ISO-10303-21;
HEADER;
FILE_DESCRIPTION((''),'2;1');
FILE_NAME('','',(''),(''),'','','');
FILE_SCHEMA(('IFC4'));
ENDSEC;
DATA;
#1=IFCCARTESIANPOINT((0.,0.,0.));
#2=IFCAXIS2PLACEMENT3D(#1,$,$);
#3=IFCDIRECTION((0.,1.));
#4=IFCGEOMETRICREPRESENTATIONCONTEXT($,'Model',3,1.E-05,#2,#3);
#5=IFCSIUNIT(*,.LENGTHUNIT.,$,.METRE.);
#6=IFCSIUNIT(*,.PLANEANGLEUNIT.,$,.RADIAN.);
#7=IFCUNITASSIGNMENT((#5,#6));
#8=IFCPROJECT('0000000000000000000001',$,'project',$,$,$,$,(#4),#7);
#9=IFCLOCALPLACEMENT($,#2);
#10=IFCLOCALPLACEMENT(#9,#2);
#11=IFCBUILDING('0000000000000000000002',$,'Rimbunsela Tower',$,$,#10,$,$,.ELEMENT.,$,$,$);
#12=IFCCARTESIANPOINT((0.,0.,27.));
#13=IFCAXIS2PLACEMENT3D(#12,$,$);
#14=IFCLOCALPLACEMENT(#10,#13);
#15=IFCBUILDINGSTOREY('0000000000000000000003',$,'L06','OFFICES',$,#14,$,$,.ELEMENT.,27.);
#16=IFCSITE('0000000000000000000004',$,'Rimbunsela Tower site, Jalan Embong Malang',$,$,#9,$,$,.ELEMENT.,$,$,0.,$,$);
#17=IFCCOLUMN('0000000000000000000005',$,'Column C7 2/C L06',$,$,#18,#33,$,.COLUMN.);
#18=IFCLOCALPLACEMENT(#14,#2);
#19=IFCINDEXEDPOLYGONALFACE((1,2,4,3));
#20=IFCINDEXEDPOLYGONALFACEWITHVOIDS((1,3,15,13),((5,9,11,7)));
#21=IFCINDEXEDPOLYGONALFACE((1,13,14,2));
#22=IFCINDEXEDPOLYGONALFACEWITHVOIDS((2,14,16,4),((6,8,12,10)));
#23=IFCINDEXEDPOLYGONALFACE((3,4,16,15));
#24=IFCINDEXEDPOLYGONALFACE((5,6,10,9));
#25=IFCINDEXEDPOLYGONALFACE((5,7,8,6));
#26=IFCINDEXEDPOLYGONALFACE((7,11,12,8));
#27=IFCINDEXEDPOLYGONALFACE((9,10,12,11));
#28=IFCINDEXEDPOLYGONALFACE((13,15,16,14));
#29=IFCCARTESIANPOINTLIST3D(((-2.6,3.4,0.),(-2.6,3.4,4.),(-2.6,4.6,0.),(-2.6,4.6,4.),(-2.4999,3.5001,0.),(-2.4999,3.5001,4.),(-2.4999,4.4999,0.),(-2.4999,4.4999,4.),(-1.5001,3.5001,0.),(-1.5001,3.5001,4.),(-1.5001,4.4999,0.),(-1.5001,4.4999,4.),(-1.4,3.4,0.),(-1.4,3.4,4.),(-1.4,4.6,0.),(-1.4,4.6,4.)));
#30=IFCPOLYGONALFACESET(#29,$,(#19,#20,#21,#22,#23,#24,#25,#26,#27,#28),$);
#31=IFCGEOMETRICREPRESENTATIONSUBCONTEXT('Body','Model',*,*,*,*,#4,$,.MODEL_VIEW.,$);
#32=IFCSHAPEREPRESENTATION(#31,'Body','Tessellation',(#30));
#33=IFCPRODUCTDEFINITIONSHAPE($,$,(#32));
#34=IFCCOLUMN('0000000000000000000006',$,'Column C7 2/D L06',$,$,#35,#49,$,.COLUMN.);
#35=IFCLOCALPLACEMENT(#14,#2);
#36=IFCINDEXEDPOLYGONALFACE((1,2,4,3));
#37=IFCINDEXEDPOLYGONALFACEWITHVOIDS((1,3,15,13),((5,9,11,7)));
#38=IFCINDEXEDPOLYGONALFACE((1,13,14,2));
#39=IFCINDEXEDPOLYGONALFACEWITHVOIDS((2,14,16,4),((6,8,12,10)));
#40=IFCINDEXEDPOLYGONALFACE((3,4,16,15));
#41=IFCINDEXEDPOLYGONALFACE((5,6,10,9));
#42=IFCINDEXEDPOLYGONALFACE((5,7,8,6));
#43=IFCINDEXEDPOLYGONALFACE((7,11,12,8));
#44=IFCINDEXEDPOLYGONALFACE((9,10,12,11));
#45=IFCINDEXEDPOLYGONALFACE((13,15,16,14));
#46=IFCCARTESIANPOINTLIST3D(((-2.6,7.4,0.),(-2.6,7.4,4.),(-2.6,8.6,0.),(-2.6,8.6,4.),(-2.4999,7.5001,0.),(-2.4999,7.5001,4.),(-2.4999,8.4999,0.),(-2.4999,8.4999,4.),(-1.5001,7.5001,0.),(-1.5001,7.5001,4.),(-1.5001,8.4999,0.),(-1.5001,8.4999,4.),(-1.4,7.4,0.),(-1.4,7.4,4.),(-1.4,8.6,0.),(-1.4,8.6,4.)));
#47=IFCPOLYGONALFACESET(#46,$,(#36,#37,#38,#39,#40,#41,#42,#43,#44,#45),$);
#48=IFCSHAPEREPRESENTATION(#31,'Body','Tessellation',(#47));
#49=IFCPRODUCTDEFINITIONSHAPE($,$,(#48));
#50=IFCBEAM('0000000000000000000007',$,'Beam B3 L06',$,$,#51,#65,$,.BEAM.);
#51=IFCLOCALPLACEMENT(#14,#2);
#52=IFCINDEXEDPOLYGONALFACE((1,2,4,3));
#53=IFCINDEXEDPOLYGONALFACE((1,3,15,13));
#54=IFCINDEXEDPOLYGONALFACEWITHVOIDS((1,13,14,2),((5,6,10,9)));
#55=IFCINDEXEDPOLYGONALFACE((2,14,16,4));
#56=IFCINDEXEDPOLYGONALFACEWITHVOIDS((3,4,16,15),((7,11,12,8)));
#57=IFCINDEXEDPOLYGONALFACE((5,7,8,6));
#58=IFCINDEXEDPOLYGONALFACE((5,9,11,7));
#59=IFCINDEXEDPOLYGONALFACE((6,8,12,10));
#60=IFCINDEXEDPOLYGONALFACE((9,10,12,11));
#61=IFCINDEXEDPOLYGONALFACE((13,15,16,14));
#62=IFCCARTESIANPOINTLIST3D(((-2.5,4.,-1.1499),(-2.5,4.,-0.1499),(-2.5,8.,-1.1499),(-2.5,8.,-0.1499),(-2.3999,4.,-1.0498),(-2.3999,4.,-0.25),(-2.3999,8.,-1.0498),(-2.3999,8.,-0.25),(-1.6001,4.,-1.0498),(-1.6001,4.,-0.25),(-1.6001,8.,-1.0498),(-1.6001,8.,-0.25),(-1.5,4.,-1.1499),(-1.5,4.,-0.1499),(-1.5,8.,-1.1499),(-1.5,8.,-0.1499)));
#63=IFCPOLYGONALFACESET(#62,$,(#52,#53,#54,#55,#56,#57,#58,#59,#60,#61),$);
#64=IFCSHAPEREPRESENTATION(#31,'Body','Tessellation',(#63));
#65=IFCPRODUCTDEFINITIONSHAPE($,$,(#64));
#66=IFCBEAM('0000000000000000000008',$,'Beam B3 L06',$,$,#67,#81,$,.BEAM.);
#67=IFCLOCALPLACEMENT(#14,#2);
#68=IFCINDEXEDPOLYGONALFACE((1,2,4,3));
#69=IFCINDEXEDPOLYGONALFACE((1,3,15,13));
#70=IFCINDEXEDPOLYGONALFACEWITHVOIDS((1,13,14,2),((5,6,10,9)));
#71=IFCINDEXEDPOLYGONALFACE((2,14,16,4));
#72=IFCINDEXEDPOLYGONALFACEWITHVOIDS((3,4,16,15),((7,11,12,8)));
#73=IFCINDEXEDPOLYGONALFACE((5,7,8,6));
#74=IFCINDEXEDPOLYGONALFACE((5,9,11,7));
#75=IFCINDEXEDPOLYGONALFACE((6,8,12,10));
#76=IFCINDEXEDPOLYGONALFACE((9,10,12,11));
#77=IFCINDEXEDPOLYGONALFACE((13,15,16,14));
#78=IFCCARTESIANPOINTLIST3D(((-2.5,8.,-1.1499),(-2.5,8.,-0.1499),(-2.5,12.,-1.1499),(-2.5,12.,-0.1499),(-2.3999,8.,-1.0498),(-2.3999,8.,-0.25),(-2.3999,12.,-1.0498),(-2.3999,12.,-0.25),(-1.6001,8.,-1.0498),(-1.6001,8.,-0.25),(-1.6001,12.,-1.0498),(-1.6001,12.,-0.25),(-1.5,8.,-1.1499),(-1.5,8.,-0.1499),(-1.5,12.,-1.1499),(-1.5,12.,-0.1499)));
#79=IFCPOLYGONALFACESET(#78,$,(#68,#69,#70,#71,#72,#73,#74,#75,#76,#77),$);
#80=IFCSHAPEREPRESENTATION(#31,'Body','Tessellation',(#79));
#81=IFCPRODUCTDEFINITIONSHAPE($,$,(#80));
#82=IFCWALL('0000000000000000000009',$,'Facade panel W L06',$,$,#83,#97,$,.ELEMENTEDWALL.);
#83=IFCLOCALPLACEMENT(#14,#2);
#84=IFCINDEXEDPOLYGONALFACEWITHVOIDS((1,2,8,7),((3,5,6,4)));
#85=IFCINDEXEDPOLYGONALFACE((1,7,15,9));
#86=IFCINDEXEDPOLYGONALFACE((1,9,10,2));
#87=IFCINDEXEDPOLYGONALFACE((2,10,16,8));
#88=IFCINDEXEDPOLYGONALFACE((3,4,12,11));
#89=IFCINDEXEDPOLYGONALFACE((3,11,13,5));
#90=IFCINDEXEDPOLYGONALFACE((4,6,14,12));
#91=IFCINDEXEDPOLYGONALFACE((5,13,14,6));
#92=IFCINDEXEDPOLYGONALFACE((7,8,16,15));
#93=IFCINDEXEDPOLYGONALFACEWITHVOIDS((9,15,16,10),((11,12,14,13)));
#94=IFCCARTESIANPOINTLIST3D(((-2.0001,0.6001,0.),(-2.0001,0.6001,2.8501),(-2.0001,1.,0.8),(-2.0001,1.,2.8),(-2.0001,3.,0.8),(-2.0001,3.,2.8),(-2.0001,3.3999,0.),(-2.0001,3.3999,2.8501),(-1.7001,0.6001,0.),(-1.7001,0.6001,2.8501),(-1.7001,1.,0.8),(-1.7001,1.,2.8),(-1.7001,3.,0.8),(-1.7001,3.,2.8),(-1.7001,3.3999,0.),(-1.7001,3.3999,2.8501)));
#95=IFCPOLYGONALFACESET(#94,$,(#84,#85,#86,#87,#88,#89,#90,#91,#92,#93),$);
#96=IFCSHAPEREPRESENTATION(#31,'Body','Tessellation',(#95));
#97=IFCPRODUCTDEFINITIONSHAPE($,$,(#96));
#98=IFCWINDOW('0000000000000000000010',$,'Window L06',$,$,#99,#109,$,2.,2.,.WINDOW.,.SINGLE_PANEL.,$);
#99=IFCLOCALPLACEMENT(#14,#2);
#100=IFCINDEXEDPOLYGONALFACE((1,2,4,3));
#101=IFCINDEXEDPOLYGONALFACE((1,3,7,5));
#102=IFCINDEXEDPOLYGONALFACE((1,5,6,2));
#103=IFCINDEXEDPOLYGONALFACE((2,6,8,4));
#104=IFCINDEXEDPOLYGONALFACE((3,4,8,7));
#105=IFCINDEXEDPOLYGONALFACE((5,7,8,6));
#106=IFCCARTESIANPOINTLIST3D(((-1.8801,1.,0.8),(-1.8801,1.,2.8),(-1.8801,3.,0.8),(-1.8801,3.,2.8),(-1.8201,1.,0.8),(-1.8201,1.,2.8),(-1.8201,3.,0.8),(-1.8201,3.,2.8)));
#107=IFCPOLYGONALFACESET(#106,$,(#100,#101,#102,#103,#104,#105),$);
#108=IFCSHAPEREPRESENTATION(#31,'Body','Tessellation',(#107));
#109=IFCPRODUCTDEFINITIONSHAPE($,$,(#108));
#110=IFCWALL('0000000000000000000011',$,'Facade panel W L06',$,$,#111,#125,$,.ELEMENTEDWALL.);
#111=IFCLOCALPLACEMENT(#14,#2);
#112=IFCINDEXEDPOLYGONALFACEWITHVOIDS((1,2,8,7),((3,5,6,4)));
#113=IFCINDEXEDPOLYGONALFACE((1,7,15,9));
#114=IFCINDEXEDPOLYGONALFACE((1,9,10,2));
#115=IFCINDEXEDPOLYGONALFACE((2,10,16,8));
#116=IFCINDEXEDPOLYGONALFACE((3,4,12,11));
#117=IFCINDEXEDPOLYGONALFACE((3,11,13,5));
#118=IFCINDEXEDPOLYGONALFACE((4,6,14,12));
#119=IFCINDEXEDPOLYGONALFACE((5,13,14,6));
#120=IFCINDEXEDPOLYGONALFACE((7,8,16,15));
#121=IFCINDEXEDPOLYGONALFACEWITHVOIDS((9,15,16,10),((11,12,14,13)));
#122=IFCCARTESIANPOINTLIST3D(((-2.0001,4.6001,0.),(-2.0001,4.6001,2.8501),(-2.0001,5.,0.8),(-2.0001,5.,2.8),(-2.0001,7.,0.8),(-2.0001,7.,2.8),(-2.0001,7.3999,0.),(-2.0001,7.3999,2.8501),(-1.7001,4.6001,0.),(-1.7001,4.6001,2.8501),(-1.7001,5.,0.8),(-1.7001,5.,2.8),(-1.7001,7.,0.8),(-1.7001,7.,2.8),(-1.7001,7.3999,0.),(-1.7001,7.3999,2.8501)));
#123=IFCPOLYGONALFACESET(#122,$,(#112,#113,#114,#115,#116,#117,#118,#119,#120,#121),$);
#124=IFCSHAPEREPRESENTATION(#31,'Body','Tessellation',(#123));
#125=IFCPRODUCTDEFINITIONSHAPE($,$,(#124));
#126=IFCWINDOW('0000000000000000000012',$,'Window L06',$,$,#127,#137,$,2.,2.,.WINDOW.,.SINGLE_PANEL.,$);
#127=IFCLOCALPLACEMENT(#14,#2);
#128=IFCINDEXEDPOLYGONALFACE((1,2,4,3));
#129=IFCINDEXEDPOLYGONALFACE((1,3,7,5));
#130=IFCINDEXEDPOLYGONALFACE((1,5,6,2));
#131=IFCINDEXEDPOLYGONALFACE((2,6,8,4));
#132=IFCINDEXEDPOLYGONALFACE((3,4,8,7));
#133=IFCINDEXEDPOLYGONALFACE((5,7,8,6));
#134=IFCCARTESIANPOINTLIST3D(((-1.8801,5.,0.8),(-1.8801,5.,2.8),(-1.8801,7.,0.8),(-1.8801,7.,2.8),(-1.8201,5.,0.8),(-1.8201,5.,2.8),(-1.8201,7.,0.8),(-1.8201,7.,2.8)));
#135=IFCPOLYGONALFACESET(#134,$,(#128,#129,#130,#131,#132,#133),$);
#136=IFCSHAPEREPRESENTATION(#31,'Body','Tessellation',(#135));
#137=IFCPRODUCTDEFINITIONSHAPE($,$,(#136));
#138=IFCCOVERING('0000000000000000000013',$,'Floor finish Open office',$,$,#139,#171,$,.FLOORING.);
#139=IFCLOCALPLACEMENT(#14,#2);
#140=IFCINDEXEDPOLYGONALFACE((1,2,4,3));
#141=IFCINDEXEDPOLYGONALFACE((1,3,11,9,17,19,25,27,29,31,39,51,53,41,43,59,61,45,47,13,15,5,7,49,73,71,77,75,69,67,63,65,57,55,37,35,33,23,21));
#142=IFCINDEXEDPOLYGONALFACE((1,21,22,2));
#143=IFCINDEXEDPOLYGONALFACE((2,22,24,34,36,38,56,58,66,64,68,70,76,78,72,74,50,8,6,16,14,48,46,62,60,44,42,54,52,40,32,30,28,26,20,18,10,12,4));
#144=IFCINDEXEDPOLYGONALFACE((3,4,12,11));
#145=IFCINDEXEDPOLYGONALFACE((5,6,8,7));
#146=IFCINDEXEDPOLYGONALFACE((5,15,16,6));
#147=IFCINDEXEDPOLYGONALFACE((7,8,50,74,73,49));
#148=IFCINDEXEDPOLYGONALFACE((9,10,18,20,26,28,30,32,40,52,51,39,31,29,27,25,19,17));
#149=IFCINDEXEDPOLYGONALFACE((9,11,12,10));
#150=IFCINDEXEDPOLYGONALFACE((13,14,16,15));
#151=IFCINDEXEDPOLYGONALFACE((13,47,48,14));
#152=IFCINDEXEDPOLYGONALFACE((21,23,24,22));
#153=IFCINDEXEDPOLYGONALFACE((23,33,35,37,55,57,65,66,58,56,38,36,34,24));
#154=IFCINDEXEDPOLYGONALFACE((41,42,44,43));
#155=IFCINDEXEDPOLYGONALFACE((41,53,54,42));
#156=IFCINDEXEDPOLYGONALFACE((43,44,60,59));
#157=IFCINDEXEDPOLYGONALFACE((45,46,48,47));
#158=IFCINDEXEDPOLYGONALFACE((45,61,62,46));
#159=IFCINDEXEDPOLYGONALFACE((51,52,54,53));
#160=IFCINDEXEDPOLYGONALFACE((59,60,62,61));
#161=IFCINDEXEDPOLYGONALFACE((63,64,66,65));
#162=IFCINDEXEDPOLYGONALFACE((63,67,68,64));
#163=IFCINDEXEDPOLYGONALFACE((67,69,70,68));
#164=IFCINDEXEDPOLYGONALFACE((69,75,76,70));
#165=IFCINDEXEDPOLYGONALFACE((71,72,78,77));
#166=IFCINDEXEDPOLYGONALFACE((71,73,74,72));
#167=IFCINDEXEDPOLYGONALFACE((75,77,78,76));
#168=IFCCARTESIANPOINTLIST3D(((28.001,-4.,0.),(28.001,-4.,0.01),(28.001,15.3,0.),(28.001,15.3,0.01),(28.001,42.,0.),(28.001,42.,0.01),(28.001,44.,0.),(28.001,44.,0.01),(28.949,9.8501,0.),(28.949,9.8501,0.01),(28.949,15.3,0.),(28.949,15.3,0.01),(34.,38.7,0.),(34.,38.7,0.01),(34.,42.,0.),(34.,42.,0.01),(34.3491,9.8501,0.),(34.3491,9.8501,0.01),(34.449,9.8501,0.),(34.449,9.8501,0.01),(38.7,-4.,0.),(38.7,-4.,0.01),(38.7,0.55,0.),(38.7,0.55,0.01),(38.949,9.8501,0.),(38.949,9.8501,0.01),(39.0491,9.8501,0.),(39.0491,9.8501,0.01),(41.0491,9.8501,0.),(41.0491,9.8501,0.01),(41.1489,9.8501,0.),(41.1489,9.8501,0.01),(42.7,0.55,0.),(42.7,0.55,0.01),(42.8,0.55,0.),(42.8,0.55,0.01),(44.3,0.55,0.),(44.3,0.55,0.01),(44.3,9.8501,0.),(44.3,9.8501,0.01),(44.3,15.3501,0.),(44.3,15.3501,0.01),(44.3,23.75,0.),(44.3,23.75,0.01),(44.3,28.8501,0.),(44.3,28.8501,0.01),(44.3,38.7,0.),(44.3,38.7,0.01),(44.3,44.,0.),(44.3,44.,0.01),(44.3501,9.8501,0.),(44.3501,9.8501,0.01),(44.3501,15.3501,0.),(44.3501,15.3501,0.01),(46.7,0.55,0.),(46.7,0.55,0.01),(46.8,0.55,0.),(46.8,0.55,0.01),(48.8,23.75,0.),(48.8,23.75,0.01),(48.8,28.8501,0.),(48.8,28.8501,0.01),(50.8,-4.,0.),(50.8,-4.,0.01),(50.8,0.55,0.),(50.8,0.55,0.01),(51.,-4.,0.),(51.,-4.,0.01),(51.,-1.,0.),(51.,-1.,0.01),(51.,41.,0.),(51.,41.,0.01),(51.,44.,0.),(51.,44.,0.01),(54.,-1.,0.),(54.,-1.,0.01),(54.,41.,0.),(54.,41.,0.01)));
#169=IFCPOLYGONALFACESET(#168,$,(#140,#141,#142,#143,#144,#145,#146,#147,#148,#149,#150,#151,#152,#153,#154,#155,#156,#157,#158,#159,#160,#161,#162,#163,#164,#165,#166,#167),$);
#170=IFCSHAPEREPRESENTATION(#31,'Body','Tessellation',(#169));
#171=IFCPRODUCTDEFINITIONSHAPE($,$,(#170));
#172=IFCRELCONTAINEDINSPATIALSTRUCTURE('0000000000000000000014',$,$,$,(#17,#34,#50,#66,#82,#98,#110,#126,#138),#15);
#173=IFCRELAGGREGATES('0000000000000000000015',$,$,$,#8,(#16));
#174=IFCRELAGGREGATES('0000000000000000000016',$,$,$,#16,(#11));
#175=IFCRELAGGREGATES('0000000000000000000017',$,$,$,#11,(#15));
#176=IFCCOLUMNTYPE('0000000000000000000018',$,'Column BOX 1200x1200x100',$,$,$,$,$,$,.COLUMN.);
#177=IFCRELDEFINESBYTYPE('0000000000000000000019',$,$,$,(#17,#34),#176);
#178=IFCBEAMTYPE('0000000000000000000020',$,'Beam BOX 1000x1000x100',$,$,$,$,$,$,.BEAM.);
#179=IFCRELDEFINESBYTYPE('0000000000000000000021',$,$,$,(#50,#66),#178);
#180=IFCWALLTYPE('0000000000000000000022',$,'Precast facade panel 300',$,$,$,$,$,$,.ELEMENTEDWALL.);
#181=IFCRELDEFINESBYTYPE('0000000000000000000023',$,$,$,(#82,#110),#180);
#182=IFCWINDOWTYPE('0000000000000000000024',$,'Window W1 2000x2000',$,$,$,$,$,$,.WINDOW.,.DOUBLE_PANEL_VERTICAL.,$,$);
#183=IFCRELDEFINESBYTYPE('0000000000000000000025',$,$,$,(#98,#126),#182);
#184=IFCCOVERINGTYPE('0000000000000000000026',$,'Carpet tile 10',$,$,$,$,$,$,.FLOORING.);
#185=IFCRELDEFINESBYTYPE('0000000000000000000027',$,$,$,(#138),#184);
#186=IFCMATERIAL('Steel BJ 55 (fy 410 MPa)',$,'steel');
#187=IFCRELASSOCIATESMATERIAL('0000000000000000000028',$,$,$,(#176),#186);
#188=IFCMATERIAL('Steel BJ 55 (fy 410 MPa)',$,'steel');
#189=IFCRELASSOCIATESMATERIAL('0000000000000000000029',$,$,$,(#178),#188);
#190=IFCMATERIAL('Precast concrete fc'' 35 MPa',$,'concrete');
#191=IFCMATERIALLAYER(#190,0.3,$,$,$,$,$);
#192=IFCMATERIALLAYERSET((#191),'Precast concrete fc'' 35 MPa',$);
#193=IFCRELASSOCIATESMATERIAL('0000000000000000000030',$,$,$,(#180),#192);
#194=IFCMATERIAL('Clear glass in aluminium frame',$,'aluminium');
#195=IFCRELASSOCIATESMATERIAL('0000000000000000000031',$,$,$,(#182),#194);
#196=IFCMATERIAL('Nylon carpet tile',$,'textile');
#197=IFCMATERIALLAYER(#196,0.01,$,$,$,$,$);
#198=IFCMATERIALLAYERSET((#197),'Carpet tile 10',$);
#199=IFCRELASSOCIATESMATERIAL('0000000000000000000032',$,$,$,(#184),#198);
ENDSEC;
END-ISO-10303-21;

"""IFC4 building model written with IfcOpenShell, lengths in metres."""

from ifc_helpers import new_model, si_unit, direction, frame, frame_2d, origin, origin_2d, place, context, subcontext, project, spatial, polyline, rectangle, hollow_rectangle, outline, extrude, material, layer, layer_set, material_profile, profile_set, type_object, element, fill, save


model = new_model("IFC4")

# Units and contexts
model_context = context("Model", 3, precision=1e-05, world=origin(), true_north=direction((0.0, 1.0)))
body_context = subcontext(model_context, "Body", "Model", "MODEL_VIEW")
ifc_project = project(units=[si_unit("LENGTHUNIT", "METRE"), si_unit("PLANEANGLEUNIT", "RADIAN")], contexts=[model_context])

# Site, building, storey
site_placement = place(None, origin())
site = spatial("IfcSite", under=ifc_project, at=site_placement, Name="Rimbunsela Tower site, Jalan Embong Malang", CompositionType="ELEMENT", RefElevation=0.0)
building_placement = place(site_placement, origin())
building = spatial("IfcBuilding", under=site, at=building_placement, Name="Rimbunsela Tower", CompositionType="ELEMENT")
storey_placement = place(building_placement, frame((0.0, 0.0, 27.0)))
storey = spatial("IfcBuildingStorey", under=building, at=storey_placement, Name="L06", Description="OFFICES", CompositionType="ELEMENT", Elevation=27.0)

# Columns
ifc_material_1 = material(Name="Steel BJ 55 (fy 410 MPa)", Category="steel")
ifc_material_profile_1 = material_profile(ifc_material_1, hollow_rectangle(XDim=1.2, YDim=1.2, WallThickness=0.1001, at=origin_2d()), Name="BOX 1200x1200x100")
ifc_profile_set_1 = profile_set([ifc_material_profile_1], Name="Steel BJ 55 (fy 410 MPa)")
column_type = type_object("IfcColumnType", Name="Column BOX 1200x1200x100", PredefinedType="COLUMN", material=ifc_profile_set_1)
for number, where, z_axis, x_axis, name in (
    (1, (-2.0, 4.0, 0.0), (0.0, 0.0, 1.0), (1.0, 0.0, 0.0), "Column C7 2/C L06"),
    (2, (-2.0, 8.0, 0.0), (0.0, 0.0, 1.0), (1.0, 0.0, 0.0), "Column C7 2/D L06"),
):
    element("IfcColumn", number, at=place(storey_placement, frame(where, z_axis=z_axis, x_axis=x_axis)), inside=storey, type_object=column_type, Name=name, PredefinedType="COLUMN", context=body_context, shape_type="SweptSolid", body=[
        extrude(hollow_rectangle(XDim=1.2, YDim=1.2, WallThickness=0.1001, at=origin_2d()), origin(), (0.0, 0.0, 1.0), 4.0),
    ])

# Beams
ifc_material_2 = material(Name="Steel BJ 55 (fy 410 MPa)", Category="steel")
ifc_material_profile_2 = material_profile(ifc_material_2, hollow_rectangle(XDim=1.0, YDim=1.0, WallThickness=0.1001, at=origin_2d()), Name="BOX 1000x1000x100")
ifc_profile_set_2 = profile_set([ifc_material_profile_2], Name="Steel BJ 55 (fy 410 MPa)")
beam_type = type_object("IfcBeamType", Name="Beam BOX 1000x1000x100", PredefinedType="BEAM", material=ifc_profile_set_2)
for number, where, z_axis, x_axis, name in (
    (3, (-2.0, 4.0, -0.6499), (0.0, 1.0, 0.0), (-1.0, 0.0, 0.0), "Beam B3 L06"),
    (4, (-2.0, 8.0, -0.6499), (0.0, 1.0, 0.0), (-1.0, 0.0, 0.0), "Beam B3 L06"),
):
    element("IfcBeam", number, at=place(storey_placement, frame(where, z_axis=z_axis, x_axis=x_axis)), inside=storey, type_object=beam_type, Name=name, PredefinedType="BEAM", context=body_context, shape_type="SweptSolid", body=[
        extrude(hollow_rectangle(XDim=1.0, YDim=1.0, WallThickness=0.1001, at=origin_2d()), origin(), (0.0, 0.0, 1.0), 4.0),
    ])

# Walls, openings, windows
ifc_material_3 = material(Name="Precast concrete fc' 35 MPa", Category="concrete")
ifc_layer_1 = layer(ifc_material_3, 0.3)
ifc_layer_set_1 = layer_set([ifc_layer_1], Name="Precast concrete fc' 35 MPa")
wall_type = type_object("IfcWallType", Name="Precast facade panel 300", PredefinedType="ELEMENTEDWALL", material=ifc_layer_set_1)
wall_1_placement = place(storey_placement, frame((-1.8501, 3.3999, 0.0), z_axis=(0.0, 0.0, 1.0), x_axis=(0.0, -1.0, 0.0)))
wall_1 = element("IfcWall", 5, at=wall_1_placement, inside=storey, type_object=wall_type, Name="Facade panel W L06", PredefinedType="ELEMENTEDWALL", context=body_context, shape_type="SweptSolid", body=[
    extrude(rectangle(XDim=2.7998, YDim=0.3, at=frame_2d((1.3999, 0.0))), origin(), (0.0, 0.0, 1.0), 2.8501),
])
opening_1_placement = place(wall_1_placement, frame((0.3999, 0.0, 0.8)))
opening_1 = element("IfcOpeningElement", 6, at=opening_1_placement, cuts=wall_1, PredefinedType="OPENING", context=body_context, shape_type="SweptSolid", body=[
    extrude(rectangle(XDim=2.0, YDim=2.0, at=frame_2d((1.0, 1.0))), frame((0.0, 0.1599, 0.0), z_axis=(0.0, -1.0, 0.0), x_axis=(1.0, 0.0, 0.0)), (0.0, 0.0, 1.0), 0.3201),
])
ifc_material_4 = material(Name="Clear glass in aluminium frame", Category="aluminium")
window_type = type_object("IfcWindowType", Name="Window W1 2000x2000", PartitioningType="DOUBLE_PANEL_VERTICAL", PredefinedType="WINDOW", material=ifc_material_4)
window_1_placement = place(opening_1_placement, origin())
window_1 = element("IfcWindow", 7, at=window_1_placement, inside=storey, type_object=window_type, Name="Window L06", OverallHeight=2.0, OverallWidth=2.0, PartitioningType="SINGLE_PANEL", PredefinedType="WINDOW", context=body_context, shape_type="SweptSolid", body=[
    extrude(rectangle(XDim=2.0, YDim=2.0, at=frame_2d((1.0, 1.0))), frame((0.0, 0.03, 0.0), z_axis=(0.0, -1.0, 0.0), x_axis=(1.0, 0.0, 0.0)), (0.0, 0.0, 1.0), 0.0601),
])
fill(opening_1, window_1)
wall_2_placement = place(storey_placement, frame((-1.8501, 7.3999, 0.0), z_axis=(0.0, 0.0, 1.0), x_axis=(0.0, -1.0, 0.0)))
wall_2 = element("IfcWall", 8, at=wall_2_placement, inside=storey, type_object=wall_type, Name="Facade panel W L06", PredefinedType="ELEMENTEDWALL", context=body_context, shape_type="SweptSolid", body=[
    extrude(rectangle(XDim=2.7998, YDim=0.3, at=frame_2d((1.3999, 0.0))), origin(), (0.0, 0.0, 1.0), 2.8501),
])
opening_2_placement = place(wall_2_placement, frame((0.3999, 0.0, 0.8)))
opening_2 = element("IfcOpeningElement", 9, at=opening_2_placement, cuts=wall_2, PredefinedType="OPENING", context=body_context, shape_type="SweptSolid", body=[
    extrude(rectangle(XDim=2.0, YDim=2.0, at=frame_2d((1.0, 1.0))), frame((0.0, 0.1599, 0.0), z_axis=(0.0, -1.0, 0.0), x_axis=(1.0, 0.0, 0.0)), (0.0, 0.0, 1.0), 0.3201),
])
window_2_placement = place(opening_2_placement, origin())
window_2 = element("IfcWindow", 10, at=window_2_placement, inside=storey, type_object=window_type, Name="Window L06", OverallHeight=2.0, OverallWidth=2.0, PartitioningType="SINGLE_PANEL", PredefinedType="WINDOW", context=body_context, shape_type="SweptSolid", body=[
    extrude(rectangle(XDim=2.0, YDim=2.0, at=frame_2d((1.0, 1.0))), frame((0.0, 0.03, 0.0), z_axis=(0.0, -1.0, 0.0), x_axis=(1.0, 0.0, 0.0)), (0.0, 0.0, 1.0), 0.0601),
])
fill(opening_2, window_2)

# Covering
ifc_material_5 = material(Name="Nylon carpet tile", Category="textile")
ifc_layer_2 = layer(ifc_material_5, 0.01)
ifc_layer_set_2 = layer_set([ifc_layer_2], Name="Carpet tile 10")
covering_type_1 = type_object("IfcCoveringType", Name="Carpet tile 10", PredefinedType="FLOORING", material=ifc_layer_set_2)
covering_1_placement = place(storey_placement, origin())
element("IfcCovering", 11, at=covering_1_placement, inside=storey, type_object=covering_type_1, Name="Floor finish Open office", PredefinedType="FLOORING", context=body_context, shape_type="SweptSolid", body=[
    extrude(outline(polyline([(42.7, 0.55), (38.7, 0.55), (38.7, -4.0), (28.001, -4.0), (28.001, 15.3), (28.949, 15.3), (28.949, 9.8501), (34.3491, 9.8501), (34.449, 9.8501), (38.949, 9.8501), (39.0491, 9.8501), (41.0491, 9.8501), (41.1489, 9.8501), (44.3, 9.8501), (44.3501, 9.8501), (44.3501, 15.3501), (44.3, 15.3501), (44.3, 23.75), (48.8, 23.75), (48.8, 28.8501), (44.3, 28.8501), (44.3, 38.7), (34.0, 38.7), (34.0, 42.0), (28.001, 42.0), (28.001, 44.0), (44.3, 44.0), (51.0, 44.0), (51.0, 41.0), (54.0, 41.0), (54.0, -1.0), (51.0, -1.0), (51.0, -4.0), (50.8, -4.0), (50.8, 0.55), (46.8, 0.55), (46.7, 0.55), (44.3, 0.55), (42.8, 0.55), (42.7, 0.55)])), origin(), (0.0, 0.0, 1.0), 0.01),
])

save(model, "model.ifc")
